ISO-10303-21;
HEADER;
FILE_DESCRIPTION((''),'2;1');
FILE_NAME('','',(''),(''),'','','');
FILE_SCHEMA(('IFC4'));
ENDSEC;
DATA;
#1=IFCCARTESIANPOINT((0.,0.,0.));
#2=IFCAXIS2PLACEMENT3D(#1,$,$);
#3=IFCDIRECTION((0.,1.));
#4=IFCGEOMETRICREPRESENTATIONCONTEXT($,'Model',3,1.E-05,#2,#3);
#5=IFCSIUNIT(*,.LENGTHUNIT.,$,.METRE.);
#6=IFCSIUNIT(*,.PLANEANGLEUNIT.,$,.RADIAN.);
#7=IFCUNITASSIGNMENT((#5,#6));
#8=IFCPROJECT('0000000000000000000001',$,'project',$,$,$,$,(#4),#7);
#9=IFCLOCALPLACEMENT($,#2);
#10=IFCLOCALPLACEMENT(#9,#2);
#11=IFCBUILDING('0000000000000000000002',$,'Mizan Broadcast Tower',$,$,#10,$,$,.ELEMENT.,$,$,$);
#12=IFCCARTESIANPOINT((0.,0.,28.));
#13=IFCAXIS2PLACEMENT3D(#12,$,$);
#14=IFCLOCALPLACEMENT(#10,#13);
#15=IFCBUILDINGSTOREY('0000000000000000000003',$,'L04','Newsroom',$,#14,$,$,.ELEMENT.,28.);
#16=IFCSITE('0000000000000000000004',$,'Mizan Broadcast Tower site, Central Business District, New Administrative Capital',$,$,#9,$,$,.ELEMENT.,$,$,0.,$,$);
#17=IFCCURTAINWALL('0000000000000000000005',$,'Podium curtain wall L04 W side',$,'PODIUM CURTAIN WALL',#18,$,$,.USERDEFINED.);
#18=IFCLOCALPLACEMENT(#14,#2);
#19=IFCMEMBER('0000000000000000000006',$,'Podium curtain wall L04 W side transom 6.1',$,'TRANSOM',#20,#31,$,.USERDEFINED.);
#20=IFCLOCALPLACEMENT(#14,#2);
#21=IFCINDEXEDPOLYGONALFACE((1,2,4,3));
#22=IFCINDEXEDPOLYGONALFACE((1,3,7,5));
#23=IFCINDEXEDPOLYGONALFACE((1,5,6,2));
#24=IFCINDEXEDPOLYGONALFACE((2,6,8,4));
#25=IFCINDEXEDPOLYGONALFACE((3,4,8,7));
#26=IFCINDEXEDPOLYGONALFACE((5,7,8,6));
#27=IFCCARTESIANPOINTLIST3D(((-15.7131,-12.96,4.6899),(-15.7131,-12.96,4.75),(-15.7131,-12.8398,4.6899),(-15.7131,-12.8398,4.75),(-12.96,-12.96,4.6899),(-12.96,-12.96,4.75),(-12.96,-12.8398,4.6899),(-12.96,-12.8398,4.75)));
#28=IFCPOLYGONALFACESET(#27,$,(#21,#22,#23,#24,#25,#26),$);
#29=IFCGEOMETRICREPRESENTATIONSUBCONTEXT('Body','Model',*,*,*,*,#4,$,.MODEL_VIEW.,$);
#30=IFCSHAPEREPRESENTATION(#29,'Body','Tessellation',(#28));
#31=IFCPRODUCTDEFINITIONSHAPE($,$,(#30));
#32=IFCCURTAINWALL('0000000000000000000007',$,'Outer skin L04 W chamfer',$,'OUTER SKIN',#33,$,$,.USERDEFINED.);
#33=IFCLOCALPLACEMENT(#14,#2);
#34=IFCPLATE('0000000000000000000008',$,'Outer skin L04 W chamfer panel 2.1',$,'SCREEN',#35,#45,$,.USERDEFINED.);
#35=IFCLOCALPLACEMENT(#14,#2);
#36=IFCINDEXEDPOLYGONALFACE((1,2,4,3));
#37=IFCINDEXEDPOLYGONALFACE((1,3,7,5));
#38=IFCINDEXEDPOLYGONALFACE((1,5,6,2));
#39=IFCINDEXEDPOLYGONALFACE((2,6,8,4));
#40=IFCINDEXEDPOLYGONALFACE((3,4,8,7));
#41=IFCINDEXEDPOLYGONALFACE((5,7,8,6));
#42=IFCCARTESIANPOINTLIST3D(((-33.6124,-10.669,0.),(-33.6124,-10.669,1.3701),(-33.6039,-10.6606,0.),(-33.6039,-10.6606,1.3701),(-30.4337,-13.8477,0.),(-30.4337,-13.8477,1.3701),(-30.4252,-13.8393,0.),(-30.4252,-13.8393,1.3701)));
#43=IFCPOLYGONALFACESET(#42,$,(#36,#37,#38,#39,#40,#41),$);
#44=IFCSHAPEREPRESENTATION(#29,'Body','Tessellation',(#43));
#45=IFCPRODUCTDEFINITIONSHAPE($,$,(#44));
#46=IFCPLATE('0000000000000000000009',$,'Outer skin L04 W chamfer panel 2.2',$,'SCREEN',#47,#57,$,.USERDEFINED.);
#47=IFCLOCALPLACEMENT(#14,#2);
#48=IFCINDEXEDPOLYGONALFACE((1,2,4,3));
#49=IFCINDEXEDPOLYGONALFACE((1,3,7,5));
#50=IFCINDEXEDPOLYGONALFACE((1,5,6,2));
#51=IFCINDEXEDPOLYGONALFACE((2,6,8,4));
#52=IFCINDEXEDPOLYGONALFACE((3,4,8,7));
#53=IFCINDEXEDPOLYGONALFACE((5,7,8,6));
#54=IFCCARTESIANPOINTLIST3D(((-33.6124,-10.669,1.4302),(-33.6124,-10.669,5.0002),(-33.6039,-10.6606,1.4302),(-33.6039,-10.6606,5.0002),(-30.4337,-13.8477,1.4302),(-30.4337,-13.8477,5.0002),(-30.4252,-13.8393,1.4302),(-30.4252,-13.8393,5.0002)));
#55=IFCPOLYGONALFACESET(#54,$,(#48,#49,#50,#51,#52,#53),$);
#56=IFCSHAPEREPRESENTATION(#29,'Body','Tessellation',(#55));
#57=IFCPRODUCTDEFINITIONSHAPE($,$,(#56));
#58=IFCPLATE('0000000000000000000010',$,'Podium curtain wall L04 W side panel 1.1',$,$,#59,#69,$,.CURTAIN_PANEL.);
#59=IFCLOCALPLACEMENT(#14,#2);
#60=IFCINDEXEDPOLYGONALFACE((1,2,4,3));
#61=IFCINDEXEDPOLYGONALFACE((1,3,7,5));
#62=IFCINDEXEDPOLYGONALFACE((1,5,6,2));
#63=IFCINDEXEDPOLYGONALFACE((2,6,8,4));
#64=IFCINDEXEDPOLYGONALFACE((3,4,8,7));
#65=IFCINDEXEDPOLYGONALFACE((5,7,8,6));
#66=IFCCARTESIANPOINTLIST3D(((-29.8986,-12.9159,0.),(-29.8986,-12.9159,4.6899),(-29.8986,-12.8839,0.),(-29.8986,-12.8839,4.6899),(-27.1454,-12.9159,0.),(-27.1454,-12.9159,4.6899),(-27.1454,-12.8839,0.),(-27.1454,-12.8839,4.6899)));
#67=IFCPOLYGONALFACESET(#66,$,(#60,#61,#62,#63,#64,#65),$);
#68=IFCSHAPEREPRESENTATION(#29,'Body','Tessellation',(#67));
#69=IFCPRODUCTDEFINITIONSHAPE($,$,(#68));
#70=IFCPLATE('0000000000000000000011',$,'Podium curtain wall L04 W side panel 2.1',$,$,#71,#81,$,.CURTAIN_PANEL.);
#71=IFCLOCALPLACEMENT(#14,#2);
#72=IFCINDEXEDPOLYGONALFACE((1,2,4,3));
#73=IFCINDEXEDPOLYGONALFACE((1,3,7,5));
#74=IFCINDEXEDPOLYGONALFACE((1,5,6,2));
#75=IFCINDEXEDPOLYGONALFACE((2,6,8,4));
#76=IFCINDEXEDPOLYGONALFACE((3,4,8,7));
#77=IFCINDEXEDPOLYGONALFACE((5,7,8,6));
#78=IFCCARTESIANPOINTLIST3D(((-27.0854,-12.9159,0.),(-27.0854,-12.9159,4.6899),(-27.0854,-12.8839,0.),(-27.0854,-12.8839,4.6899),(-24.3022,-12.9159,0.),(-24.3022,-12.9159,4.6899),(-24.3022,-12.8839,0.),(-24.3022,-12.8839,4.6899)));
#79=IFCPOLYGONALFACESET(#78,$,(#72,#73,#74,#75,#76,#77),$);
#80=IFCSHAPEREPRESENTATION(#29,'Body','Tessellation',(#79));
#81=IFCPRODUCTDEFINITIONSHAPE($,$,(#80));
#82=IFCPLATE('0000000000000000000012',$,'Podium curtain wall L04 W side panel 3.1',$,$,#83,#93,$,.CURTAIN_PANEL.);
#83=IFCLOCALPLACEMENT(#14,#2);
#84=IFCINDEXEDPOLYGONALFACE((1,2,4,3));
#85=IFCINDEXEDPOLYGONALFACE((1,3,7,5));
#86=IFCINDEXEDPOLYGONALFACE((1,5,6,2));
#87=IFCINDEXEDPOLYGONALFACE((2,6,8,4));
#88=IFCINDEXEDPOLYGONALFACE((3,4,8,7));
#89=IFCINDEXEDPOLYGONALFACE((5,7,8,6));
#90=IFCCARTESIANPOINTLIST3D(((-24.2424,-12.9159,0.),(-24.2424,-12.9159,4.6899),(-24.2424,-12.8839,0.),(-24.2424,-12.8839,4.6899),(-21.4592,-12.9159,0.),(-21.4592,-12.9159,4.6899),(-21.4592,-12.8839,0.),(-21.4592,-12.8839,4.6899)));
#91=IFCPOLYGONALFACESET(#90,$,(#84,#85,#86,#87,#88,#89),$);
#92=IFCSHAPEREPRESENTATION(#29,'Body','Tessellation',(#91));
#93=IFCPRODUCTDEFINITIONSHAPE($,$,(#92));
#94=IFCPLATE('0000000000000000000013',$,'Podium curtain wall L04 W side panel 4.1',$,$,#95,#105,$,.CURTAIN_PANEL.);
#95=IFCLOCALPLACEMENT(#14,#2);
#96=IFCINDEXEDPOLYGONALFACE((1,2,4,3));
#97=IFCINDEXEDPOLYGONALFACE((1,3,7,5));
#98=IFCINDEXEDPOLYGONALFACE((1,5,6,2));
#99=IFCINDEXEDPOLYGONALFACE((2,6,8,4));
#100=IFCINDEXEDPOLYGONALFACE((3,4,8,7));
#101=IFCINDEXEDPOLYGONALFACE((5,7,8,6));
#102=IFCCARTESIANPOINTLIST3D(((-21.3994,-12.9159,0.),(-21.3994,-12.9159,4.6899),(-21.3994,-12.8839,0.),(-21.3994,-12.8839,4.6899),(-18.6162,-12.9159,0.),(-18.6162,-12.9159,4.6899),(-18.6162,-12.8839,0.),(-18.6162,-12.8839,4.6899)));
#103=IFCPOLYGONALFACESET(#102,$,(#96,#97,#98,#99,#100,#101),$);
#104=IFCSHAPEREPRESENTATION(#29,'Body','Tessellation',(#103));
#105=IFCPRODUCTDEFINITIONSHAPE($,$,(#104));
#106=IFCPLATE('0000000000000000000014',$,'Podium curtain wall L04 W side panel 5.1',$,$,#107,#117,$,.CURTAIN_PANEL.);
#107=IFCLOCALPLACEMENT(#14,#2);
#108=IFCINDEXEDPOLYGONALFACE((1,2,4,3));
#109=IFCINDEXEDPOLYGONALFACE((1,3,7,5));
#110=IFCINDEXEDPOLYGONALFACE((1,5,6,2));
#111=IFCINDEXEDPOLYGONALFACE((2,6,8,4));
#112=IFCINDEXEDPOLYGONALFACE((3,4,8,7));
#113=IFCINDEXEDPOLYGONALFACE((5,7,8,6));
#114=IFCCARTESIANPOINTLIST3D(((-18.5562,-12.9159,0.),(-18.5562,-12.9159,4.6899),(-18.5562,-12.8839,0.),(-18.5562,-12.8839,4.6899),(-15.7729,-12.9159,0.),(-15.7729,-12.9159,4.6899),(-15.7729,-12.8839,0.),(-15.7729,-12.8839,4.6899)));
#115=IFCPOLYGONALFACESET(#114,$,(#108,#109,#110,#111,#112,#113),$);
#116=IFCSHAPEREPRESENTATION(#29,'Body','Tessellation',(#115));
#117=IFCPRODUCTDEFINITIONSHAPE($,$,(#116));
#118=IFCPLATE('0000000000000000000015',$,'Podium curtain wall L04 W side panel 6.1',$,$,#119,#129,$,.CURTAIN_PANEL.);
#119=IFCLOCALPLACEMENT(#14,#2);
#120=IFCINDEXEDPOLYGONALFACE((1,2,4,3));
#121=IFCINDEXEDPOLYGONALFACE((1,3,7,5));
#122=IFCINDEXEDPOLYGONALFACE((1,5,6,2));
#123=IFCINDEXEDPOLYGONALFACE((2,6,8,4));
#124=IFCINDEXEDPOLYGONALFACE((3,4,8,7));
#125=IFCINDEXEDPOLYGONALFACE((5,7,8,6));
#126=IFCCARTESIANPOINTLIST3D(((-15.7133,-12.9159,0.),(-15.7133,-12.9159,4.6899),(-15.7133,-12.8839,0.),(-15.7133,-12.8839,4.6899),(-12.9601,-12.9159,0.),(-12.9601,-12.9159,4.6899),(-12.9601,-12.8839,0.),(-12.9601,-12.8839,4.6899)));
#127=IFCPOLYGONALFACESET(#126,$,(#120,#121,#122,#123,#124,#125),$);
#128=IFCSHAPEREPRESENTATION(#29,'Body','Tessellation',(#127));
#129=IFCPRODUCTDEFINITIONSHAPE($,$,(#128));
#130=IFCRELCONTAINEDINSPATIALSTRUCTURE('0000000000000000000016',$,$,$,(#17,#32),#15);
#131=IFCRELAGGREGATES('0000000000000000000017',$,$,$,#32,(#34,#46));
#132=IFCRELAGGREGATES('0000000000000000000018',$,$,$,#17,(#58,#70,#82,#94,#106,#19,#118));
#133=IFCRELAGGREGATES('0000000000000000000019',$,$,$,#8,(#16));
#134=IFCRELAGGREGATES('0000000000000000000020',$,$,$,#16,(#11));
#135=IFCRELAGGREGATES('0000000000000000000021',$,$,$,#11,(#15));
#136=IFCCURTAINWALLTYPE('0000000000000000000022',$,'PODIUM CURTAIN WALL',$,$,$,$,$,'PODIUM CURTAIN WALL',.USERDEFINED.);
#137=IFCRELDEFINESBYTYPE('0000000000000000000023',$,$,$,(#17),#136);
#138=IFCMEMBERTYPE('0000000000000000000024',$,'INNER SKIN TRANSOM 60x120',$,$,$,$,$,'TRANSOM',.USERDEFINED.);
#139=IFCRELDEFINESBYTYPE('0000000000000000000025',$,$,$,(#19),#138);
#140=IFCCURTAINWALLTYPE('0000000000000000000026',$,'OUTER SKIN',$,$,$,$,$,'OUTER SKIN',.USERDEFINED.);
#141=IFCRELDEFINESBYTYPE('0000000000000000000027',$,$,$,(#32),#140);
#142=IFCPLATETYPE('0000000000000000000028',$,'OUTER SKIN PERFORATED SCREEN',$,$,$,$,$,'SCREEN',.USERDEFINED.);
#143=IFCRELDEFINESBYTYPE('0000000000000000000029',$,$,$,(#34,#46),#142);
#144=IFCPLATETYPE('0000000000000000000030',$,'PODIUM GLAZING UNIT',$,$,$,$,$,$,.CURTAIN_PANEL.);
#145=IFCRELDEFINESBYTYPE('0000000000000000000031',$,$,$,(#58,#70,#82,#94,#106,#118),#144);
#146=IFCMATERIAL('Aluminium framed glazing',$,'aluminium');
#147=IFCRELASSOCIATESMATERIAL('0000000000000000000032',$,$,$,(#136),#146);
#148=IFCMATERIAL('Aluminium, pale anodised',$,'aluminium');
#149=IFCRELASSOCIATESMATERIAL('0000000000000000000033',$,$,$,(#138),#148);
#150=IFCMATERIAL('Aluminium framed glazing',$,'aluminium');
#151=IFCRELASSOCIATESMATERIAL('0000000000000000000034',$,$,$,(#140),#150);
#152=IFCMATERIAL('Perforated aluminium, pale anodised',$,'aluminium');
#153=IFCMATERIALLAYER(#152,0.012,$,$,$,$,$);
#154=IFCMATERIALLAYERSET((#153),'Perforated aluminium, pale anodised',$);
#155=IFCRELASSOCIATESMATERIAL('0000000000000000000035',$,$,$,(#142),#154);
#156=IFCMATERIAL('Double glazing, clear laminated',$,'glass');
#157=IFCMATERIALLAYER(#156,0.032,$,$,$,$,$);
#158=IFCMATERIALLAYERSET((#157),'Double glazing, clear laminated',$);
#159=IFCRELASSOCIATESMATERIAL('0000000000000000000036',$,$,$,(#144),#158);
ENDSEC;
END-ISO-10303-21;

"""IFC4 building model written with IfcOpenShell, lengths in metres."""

from ifc_helpers import new_model, si_unit, direction, frame, origin, origin_2d, place, context, subcontext, project, spatial, rectangle, extrude, material, layer, layer_set, material_profile, profile_set, type_object, element, aggregate, save


model = new_model("IFC4")

# Units and contexts
model_context = context("Model", 3, precision=1e-05, world=origin(), true_north=direction((0.0, 1.0)))
body_context = subcontext(model_context, "Body", "Model", "MODEL_VIEW")
ifc_project = project(units=[si_unit("LENGTHUNIT", "METRE"), si_unit("PLANEANGLEUNIT", "RADIAN")], contexts=[model_context])

# Site, building, storey
site_placement = place(None, origin())
site = spatial("IfcSite", under=ifc_project, at=site_placement, Name="Mizan Broadcast Tower site, Central Business District, New Administrative Capital", CompositionType="ELEMENT", RefElevation=0.0)
building_placement = place(site_placement, origin())
building = spatial("IfcBuilding", under=site, at=building_placement, Name="Mizan Broadcast Tower", CompositionType="ELEMENT")
storey_placement = place(building_placement, frame((0.0, 0.0, 28.0)))
storey = spatial("IfcBuildingStorey", under=building, at=storey_placement, Name="L04", Description="Newsroom", CompositionType="ELEMENT", Elevation=28.0)

# Shared definitions
ifc_material_1 = material(Name="Aluminium framed glazing", Category="aluminium")
curtain_wall_type_1 = type_object("IfcCurtainWallType", Name="PODIUM CURTAIN WALL", ElementType="PODIUM CURTAIN WALL", PredefinedType="USERDEFINED", material=ifc_material_1)

# Curtain wall, member
curtain_wall_1_placement = place(storey_placement, origin())
curtain_wall_1 = element("IfcCurtainWall", 1, at=curtain_wall_1_placement, inside=storey, type_object=curtain_wall_type_1, Name="Podium curtain wall L04 W side", ObjectType="PODIUM CURTAIN WALL", PredefinedType="USERDEFINED")
ifc_material_2 = material(Name="Aluminium, pale anodised", Category="aluminium")
ifc_material_profile_1 = material_profile(ifc_material_2, rectangle(XDim=0.1201, YDim=0.0601, at=origin_2d()), Name="TRANSOM 120x60")
ifc_profile_set_1 = profile_set([ifc_material_profile_1], Name="Aluminium, pale anodised")
member_type_1 = type_object("IfcMemberType", Name="INNER SKIN TRANSOM 60x120", ElementType="TRANSOM", PredefinedType="USERDEFINED", material=ifc_profile_set_1)
member_1_placement = place(storey_placement, frame((-15.7131, -12.8999, 4.72), z_axis=(1.0, 0.0, 0.0), x_axis=(0.0, 1.0, 0.0)))
member_1 = element("IfcMember", 2, at=member_1_placement, type_object=member_type_1, Name="Podium curtain wall L04 W side transom 6.1", ObjectType="TRANSOM", PredefinedType="USERDEFINED", context=body_context, shape_type="SweptSolid", body=[
    extrude(rectangle(XDim=0.1201, YDim=0.0601, at=origin_2d()), origin(), (0.0, 0.0, 1.0), 2.7532),
])

# Curtain wall, plates
ifc_material_3 = material(Name="Aluminium framed glazing", Category="aluminium")
curtain_wall_type_2 = type_object("IfcCurtainWallType", Name="OUTER SKIN", ElementType="OUTER SKIN", PredefinedType="USERDEFINED", material=ifc_material_3)
curtain_wall_2_placement = place(storey_placement, origin())
curtain_wall_2 = element("IfcCurtainWall", 3, at=curtain_wall_2_placement, inside=storey, type_object=curtain_wall_type_2, Name="Outer skin L04 W chamfer", ObjectType="OUTER SKIN", PredefinedType="USERDEFINED")
ifc_material_4 = material(Name="Perforated aluminium, pale anodised", Category="aluminium")
ifc_layer_1 = layer(ifc_material_4, 0.012)
ifc_layer_set_1 = layer_set([ifc_layer_1], Name="Perforated aluminium, pale anodised")
plate_type_1 = type_object("IfcPlateType", Name="OUTER SKIN PERFORATED SCREEN", ElementType="SCREEN", PredefinedType="USERDEFINED", material=ifc_layer_set_1)
plate_1_placement = place(storey_placement, frame((-32.0188, -12.2542, 0.0), z_axis=(0.0, 0.0, 1.0), x_axis=(0.707107, -0.707107, 0.0)))
plate_1 = element("IfcPlate", 4, at=plate_1_placement, type_object=plate_type_1, Name="Outer skin L04 W chamfer panel 2.1", ObjectType="SCREEN", PredefinedType="USERDEFINED", context=body_context, shape_type="SweptSolid", body=[
    extrude(rectangle(XDim=4.4954, YDim=0.012, at=origin_2d()), origin(), (0.0, 0.0, 1.0), 1.3701),
])
plate_2_placement = place(storey_placement, frame((-32.0188, -12.2542, 1.4302), z_axis=(0.0, 0.0, 1.0), x_axis=(0.707107, -0.707107, 0.0)))
plate_2 = element("IfcPlate", 5, at=plate_2_placement, type_object=plate_type_1, Name="Outer skin L04 W chamfer panel 2.2", ObjectType="SCREEN", PredefinedType="USERDEFINED", context=body_context, shape_type="SweptSolid", body=[
    extrude(rectangle(XDim=4.4954, YDim=0.012, at=origin_2d()), origin(), (0.0, 0.0, 1.0), 3.5701),
])
aggregate(curtain_wall_2, [plate_1, plate_2])

# Plates
ifc_material_5 = material(Name="Double glazing, clear laminated", Category="glass")
ifc_layer_2 = layer(ifc_material_5, 0.032)
ifc_layer_set_2 = layer_set([ifc_layer_2], Name="Double glazing, clear laminated")
plate_type_2 = type_object("IfcPlateType", Name="PODIUM GLAZING UNIT", PredefinedType="CURTAIN_PANEL", material=ifc_layer_set_2)
plate_3_placement = place(storey_placement, frame((-28.522, -12.8999, 0.0), z_axis=(0.0, 0.0, 1.0), x_axis=(1.0, 0.0, 0.0)))
plate_3 = element("IfcPlate", 6, at=plate_3_placement, type_object=plate_type_2, Name="Podium curtain wall L04 W side panel 1.1", PredefinedType="CURTAIN_PANEL", context=body_context, shape_type="SweptSolid", body=[
    extrude(rectangle(XDim=2.7532, YDim=0.032, at=origin_2d()), origin(), (0.0, 0.0, 1.0), 4.6899),
])
plate_4_placement = place(storey_placement, frame((-25.6938, -12.8999, 0.0), z_axis=(0.0, 0.0, 1.0), x_axis=(1.0, 0.0, 0.0)))
plate_4 = element("IfcPlate", 7, at=plate_4_placement, type_object=plate_type_2, Name="Podium curtain wall L04 W side panel 2.1", PredefinedType="CURTAIN_PANEL", context=body_context, shape_type="SweptSolid", body=[
    extrude(rectangle(XDim=2.7832, YDim=0.032, at=origin_2d()), origin(), (0.0, 0.0, 1.0), 4.6899),
])
plate_5_placement = place(storey_placement, frame((-22.8508, -12.8999, 0.0), z_axis=(0.0, 0.0, 1.0), x_axis=(1.0, 0.0, 0.0)))
plate_5 = element("IfcPlate", 8, at=plate_5_placement, type_object=plate_type_2, Name="Podium curtain wall L04 W side panel 3.1", PredefinedType="CURTAIN_PANEL", context=body_context, shape_type="SweptSolid", body=[
    extrude(rectangle(XDim=2.7832, YDim=0.032, at=origin_2d()), origin(), (0.0, 0.0, 1.0), 4.6899),
])
plate_6_placement = place(storey_placement, frame((-20.0078, -12.8999, 0.0), z_axis=(0.0, 0.0, 1.0), x_axis=(1.0, 0.0, 0.0)))
plate_6 = element("IfcPlate", 9, at=plate_6_placement, type_object=plate_type_2, Name="Podium curtain wall L04 W side panel 4.1", PredefinedType="CURTAIN_PANEL", context=body_context, shape_type="SweptSolid", body=[
    extrude(rectangle(XDim=2.7832, YDim=0.032, at=origin_2d()), origin(), (0.0, 0.0, 1.0), 4.6899),
])
plate_7_placement = place(storey_placement, frame((-17.1646, -12.8999, 0.0), z_axis=(0.0, 0.0, 1.0), x_axis=(1.0, 0.0, 0.0)))
plate_7 = element("IfcPlate", 10, at=plate_7_placement, type_object=plate_type_2, Name="Podium curtain wall L04 W side panel 5.1", PredefinedType="CURTAIN_PANEL", context=body_context, shape_type="SweptSolid", body=[
    extrude(rectangle(XDim=2.7832, YDim=0.032, at=origin_2d()), origin(), (0.0, 0.0, 1.0), 4.6899),
])
plate_8_placement = place(storey_placement, frame((-14.3367, -12.8999, 0.0), z_axis=(0.0, 0.0, 1.0), x_axis=(1.0, 0.0, 0.0)))
plate_8 = element("IfcPlate", 11, at=plate_8_placement, type_object=plate_type_2, Name="Podium curtain wall L04 W side panel 6.1", PredefinedType="CURTAIN_PANEL", context=body_context, shape_type="SweptSolid", body=[
    extrude(rectangle(XDim=2.7532, YDim=0.032, at=origin_2d()), origin(), (0.0, 0.0, 1.0), 4.6899),
])
aggregate(curtain_wall_1, [plate_3, plate_4, plate_5, plate_6, plate_7, member_1, plate_8])

save(model, "model.ifc")
